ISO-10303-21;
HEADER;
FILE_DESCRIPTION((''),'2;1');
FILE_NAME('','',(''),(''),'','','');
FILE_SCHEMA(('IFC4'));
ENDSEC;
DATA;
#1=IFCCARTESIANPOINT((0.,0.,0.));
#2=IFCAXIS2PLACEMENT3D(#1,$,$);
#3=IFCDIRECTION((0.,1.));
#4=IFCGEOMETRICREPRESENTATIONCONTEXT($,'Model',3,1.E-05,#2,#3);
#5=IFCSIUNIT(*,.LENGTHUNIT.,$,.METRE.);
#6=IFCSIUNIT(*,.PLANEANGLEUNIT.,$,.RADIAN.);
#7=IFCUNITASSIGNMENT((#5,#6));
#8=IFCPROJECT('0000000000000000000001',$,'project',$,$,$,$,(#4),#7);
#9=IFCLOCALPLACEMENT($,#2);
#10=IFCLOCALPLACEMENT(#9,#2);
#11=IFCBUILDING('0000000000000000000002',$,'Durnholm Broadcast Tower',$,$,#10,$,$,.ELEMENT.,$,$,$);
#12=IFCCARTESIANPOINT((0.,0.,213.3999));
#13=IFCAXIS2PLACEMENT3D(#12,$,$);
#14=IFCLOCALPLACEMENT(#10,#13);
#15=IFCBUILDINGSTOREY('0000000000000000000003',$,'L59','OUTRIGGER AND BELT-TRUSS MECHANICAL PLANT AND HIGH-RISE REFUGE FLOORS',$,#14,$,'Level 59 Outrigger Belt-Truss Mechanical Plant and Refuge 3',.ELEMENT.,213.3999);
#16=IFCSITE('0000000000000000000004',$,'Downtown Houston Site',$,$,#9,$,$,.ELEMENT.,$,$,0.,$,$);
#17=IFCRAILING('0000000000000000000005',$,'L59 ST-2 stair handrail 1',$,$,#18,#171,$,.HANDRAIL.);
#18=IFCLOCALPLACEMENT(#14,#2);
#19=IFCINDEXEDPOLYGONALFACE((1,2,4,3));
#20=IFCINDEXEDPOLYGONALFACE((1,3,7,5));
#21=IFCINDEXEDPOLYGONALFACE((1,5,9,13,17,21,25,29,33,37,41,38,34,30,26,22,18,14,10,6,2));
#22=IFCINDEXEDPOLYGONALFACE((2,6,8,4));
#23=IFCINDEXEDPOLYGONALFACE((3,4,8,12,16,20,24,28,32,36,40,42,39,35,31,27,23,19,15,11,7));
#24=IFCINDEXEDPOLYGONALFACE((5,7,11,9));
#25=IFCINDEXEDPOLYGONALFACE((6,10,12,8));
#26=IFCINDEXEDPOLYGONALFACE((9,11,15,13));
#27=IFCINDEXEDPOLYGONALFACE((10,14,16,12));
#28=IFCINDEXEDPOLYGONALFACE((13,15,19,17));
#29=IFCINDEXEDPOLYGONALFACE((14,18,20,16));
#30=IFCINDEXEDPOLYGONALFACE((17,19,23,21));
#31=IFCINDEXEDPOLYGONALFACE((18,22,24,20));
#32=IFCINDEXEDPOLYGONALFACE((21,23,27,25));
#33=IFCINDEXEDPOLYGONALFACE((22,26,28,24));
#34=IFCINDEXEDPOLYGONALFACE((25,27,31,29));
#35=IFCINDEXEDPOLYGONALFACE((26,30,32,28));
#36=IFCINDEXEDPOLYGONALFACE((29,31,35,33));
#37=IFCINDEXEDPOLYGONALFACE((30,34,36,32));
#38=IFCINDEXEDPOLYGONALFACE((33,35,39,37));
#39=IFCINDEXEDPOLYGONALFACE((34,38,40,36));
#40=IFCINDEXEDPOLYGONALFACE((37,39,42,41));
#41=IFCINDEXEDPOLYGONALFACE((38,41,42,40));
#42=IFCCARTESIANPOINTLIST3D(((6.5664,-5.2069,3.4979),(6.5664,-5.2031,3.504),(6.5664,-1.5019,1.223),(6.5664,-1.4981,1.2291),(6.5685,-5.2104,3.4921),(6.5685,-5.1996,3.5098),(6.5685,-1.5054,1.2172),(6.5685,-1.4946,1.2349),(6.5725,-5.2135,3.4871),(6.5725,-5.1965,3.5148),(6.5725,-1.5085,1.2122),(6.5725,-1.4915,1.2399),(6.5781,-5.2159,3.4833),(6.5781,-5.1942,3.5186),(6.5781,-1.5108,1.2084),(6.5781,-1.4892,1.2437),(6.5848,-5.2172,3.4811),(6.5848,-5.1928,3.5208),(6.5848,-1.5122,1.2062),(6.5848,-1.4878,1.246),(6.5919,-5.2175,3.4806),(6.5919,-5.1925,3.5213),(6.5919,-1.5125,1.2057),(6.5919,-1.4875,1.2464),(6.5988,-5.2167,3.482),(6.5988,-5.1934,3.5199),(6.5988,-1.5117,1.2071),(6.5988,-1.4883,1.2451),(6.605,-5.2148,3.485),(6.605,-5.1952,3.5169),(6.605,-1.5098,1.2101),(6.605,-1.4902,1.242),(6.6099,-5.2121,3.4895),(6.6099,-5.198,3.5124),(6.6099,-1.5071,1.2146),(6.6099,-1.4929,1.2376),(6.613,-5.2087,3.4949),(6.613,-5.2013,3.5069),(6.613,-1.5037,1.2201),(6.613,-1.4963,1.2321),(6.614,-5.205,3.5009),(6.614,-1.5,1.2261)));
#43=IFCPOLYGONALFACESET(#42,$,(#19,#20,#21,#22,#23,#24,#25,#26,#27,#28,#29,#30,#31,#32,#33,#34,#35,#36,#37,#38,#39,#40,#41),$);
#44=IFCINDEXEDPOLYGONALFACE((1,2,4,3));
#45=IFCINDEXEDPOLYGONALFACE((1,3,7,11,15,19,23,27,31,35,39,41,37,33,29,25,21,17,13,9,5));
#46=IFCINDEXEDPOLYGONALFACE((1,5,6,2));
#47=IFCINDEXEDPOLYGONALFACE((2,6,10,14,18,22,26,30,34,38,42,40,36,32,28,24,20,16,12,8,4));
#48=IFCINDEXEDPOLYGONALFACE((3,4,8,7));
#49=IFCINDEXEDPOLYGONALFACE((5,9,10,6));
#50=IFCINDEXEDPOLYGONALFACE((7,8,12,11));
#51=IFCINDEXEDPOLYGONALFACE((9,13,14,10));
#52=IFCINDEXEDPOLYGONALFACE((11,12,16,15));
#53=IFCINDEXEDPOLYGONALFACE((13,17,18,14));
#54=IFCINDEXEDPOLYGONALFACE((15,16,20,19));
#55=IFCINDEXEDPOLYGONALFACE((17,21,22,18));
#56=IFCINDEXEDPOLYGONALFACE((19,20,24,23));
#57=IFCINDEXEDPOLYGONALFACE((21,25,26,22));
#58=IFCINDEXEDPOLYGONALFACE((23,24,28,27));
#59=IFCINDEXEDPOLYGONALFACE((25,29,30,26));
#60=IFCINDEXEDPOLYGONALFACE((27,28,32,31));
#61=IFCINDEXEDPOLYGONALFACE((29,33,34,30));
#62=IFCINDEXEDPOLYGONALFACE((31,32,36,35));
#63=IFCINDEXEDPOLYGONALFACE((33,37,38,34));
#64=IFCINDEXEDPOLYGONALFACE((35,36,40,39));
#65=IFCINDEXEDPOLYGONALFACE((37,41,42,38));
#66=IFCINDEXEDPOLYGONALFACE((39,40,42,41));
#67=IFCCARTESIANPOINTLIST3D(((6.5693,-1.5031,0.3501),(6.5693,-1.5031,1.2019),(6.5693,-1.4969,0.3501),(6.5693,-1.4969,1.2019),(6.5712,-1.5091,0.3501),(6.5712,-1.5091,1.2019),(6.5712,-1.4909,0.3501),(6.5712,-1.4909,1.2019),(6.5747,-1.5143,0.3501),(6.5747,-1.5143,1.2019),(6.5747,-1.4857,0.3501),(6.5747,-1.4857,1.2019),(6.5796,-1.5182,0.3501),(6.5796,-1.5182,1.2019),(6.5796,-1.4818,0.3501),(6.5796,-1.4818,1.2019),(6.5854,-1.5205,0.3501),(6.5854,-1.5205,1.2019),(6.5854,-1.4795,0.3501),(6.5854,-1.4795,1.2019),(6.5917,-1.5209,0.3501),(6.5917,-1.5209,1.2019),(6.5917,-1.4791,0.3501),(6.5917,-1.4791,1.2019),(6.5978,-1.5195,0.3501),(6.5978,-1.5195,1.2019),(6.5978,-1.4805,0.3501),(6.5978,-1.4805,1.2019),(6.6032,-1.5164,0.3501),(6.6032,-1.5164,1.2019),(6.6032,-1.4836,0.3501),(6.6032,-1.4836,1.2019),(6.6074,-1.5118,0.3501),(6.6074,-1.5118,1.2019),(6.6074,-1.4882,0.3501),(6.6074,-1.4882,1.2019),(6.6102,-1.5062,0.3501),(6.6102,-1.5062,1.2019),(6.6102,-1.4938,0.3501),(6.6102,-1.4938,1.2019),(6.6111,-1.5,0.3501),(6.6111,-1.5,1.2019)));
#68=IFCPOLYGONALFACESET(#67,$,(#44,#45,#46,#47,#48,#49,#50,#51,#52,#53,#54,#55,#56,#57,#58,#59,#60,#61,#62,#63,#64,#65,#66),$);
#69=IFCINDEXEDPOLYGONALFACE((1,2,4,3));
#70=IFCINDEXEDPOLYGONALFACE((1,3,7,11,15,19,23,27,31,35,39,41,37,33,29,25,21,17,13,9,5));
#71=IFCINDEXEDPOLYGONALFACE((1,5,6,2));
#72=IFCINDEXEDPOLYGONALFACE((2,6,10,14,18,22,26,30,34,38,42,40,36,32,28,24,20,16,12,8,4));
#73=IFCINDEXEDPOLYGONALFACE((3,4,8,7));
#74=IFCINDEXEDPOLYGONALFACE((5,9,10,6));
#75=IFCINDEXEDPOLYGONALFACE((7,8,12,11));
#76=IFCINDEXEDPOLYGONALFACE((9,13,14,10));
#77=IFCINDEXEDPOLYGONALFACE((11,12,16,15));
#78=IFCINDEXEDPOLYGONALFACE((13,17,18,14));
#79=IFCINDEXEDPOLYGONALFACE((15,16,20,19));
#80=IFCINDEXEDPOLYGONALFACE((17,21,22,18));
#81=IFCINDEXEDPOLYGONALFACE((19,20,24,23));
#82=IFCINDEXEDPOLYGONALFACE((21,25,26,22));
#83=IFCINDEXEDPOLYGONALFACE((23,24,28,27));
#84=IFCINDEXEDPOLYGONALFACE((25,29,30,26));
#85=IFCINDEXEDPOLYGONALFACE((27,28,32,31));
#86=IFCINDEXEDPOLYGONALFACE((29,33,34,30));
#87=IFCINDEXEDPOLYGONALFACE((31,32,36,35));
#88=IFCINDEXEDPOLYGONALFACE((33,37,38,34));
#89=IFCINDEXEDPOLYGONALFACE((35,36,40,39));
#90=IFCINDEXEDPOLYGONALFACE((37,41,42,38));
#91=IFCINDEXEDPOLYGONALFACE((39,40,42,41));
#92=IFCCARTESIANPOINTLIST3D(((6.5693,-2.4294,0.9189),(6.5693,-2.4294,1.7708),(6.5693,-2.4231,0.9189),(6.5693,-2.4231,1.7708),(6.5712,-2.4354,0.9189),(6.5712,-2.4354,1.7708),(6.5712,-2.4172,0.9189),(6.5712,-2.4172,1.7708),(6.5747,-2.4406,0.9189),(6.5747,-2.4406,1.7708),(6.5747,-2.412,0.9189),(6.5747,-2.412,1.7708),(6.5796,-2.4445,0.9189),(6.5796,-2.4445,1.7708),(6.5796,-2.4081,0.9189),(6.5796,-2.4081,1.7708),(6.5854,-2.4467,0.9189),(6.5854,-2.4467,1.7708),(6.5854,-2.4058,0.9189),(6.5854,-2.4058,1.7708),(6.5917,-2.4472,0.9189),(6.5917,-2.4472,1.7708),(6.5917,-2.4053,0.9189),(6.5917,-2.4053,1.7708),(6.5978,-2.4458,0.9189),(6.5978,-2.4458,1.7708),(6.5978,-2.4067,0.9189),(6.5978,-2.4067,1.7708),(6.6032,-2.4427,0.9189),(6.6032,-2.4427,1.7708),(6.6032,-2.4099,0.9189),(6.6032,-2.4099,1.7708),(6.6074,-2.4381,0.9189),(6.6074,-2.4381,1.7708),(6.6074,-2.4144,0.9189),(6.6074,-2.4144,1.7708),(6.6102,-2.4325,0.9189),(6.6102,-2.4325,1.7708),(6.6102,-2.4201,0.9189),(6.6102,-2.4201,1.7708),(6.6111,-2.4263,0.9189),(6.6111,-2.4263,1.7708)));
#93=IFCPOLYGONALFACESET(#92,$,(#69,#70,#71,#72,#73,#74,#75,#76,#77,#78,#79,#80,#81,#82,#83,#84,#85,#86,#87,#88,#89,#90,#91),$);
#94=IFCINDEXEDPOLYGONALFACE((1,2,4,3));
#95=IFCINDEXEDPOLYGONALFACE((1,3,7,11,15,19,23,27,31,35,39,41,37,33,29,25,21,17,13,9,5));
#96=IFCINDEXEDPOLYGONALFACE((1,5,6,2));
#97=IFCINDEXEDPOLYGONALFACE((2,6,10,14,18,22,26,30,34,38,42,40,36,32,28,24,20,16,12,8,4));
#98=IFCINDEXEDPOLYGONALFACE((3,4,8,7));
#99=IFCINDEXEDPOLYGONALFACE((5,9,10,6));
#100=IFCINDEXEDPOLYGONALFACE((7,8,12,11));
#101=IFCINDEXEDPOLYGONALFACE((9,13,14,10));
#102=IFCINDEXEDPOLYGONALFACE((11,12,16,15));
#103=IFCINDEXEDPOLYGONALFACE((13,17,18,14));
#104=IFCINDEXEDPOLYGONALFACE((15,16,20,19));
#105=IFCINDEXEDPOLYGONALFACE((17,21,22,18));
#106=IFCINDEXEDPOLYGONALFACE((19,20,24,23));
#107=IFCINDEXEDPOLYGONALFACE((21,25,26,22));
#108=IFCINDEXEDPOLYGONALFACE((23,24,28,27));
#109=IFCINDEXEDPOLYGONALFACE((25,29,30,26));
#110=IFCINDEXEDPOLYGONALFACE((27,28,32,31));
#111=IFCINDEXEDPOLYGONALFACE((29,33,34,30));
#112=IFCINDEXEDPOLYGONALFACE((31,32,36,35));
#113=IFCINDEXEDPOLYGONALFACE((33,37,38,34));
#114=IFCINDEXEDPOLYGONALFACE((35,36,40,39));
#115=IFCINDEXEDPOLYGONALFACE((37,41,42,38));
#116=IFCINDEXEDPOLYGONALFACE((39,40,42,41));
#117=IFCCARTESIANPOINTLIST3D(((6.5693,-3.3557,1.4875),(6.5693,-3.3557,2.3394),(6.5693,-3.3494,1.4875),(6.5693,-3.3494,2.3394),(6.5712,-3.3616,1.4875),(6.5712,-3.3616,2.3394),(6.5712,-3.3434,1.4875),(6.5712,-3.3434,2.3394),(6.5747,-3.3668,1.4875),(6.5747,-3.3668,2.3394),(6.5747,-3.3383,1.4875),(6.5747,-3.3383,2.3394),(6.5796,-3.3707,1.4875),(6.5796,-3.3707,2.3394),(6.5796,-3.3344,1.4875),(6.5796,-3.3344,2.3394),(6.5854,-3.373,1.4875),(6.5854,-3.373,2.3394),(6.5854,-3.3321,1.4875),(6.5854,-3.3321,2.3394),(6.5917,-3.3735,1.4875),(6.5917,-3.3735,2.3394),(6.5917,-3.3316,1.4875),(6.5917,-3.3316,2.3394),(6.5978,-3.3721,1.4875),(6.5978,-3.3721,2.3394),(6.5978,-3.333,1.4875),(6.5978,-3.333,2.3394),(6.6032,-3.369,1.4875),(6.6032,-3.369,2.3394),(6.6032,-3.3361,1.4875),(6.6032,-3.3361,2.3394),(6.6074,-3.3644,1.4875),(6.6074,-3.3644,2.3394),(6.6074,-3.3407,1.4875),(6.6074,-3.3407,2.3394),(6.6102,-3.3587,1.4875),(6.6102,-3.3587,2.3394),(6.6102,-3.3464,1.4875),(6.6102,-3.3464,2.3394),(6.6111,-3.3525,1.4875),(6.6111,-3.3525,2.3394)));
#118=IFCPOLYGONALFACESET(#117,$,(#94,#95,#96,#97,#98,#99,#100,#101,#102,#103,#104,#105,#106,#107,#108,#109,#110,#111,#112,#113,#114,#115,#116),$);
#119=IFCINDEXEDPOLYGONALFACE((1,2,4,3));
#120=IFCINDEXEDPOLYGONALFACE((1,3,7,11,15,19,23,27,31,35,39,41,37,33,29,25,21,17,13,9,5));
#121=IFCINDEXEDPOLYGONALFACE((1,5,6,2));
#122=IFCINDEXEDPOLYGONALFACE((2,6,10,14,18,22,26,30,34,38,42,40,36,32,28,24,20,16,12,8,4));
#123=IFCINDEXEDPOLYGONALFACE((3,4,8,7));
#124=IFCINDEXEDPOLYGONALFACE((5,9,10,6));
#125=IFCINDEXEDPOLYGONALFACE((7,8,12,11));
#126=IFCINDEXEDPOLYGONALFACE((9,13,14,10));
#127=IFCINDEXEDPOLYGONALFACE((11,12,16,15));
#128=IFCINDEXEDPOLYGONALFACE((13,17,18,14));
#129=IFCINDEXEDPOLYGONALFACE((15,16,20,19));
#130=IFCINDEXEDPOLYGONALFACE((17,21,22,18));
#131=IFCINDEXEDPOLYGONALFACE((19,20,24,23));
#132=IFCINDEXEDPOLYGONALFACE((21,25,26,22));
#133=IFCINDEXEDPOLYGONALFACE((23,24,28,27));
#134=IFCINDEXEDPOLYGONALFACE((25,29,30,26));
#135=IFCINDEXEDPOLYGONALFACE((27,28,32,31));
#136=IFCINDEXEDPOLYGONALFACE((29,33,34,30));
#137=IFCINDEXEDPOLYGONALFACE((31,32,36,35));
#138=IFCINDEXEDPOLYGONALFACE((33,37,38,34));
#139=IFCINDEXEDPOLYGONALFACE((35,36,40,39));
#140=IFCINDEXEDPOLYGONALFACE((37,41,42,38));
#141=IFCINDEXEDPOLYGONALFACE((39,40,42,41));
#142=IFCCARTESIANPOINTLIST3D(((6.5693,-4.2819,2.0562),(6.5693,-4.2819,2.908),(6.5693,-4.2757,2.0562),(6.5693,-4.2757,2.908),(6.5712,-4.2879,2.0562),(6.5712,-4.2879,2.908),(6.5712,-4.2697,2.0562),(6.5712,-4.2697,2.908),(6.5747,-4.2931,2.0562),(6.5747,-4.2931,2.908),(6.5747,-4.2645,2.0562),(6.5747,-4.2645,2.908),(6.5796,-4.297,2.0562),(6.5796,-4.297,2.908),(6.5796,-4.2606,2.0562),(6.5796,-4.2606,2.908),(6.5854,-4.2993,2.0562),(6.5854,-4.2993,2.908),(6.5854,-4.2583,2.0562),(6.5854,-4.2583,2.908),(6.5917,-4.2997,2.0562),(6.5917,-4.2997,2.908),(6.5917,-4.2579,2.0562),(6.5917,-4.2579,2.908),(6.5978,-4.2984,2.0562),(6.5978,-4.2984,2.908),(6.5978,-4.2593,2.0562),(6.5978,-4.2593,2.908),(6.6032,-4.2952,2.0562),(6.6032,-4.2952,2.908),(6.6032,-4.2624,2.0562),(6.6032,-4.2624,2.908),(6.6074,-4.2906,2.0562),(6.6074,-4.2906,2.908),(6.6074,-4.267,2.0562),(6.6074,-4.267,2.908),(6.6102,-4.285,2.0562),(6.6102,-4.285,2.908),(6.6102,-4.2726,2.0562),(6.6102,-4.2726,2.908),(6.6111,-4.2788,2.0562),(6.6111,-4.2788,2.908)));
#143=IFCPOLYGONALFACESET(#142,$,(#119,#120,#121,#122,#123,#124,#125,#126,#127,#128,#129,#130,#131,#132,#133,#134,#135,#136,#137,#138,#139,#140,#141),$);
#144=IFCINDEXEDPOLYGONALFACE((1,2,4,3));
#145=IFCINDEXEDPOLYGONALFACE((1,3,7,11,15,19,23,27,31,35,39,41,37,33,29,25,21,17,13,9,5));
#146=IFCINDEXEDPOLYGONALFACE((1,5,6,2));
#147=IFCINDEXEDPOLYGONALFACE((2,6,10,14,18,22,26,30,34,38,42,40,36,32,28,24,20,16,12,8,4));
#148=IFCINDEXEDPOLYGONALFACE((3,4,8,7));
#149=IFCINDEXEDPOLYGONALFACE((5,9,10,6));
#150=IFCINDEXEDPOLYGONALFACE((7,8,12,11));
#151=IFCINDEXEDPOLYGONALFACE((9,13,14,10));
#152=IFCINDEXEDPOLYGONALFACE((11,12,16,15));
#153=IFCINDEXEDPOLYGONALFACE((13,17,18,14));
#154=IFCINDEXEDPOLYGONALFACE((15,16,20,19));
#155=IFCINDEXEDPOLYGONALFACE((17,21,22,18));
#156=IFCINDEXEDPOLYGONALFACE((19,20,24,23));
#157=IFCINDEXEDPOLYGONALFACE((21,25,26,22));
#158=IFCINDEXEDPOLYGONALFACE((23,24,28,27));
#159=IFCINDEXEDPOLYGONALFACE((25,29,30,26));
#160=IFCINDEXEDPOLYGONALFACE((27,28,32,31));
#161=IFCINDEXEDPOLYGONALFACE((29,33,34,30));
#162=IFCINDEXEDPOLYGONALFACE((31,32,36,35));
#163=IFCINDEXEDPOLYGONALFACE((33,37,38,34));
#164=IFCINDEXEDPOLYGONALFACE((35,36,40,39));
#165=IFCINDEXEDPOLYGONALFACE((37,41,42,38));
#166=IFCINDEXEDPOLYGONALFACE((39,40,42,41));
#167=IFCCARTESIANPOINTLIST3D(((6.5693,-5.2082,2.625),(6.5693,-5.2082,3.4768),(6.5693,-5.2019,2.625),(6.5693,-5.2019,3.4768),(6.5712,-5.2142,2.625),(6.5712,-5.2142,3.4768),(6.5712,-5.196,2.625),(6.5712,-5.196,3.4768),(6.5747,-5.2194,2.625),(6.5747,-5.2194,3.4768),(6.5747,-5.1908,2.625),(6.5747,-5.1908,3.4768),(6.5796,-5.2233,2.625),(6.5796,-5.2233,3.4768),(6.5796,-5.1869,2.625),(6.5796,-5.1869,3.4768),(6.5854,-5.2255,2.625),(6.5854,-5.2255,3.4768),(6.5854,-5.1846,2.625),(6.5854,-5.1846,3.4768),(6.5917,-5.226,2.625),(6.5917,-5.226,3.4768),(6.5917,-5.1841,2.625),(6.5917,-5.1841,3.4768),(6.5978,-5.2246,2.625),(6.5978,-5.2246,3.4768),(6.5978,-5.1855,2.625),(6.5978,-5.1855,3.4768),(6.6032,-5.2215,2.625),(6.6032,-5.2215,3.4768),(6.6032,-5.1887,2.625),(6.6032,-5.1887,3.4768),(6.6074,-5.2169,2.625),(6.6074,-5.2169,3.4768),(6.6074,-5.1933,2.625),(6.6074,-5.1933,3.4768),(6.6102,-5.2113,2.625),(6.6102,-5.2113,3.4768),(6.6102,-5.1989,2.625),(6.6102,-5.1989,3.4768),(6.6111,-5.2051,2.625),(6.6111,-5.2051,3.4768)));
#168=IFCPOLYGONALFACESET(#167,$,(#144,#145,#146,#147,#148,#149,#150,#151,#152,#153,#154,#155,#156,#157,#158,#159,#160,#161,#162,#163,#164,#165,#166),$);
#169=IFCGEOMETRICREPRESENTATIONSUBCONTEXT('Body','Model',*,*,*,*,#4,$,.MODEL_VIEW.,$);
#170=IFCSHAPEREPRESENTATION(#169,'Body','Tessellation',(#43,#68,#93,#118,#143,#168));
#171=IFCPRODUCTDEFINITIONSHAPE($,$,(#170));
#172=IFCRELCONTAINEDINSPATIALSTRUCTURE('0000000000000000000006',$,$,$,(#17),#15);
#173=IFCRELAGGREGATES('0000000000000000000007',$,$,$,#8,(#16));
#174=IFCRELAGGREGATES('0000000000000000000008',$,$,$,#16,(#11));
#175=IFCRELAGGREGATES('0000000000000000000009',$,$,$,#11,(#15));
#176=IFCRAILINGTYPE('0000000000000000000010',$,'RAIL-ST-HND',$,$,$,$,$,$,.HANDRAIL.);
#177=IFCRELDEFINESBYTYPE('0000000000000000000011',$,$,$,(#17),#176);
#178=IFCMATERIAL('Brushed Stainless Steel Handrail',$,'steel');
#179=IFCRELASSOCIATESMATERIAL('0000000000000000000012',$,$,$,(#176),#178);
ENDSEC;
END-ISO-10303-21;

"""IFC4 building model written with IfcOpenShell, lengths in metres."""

from ifc_helpers import new_model, si_unit, direction, frame, origin, origin_2d, place, context, subcontext, project, spatial, circle, extrude, material, type_object, element, save


model = new_model("IFC4")

# Units and contexts
model_context = context("Model", 3, precision=1e-05, world=origin(), true_north=direction((0.0, 1.0)))
body_context = subcontext(model_context, "Body", "Model", "MODEL_VIEW")
ifc_project = project(units=[si_unit("LENGTHUNIT", "METRE"), si_unit("PLANEANGLEUNIT", "RADIAN")], contexts=[model_context])

# Site, building, storey
site_placement = place(None, origin())
site = spatial("IfcSite", under=ifc_project, at=site_placement, Name="Downtown Houston Site", CompositionType="ELEMENT", RefElevation=0.0)
building_placement = place(site_placement, origin())
building = spatial("IfcBuilding", under=site, at=building_placement, Name="Durnholm Broadcast Tower", CompositionType="ELEMENT")
storey_placement = place(building_placement, frame((0.0, 0.0, 213.3999)))
storey = spatial("IfcBuildingStorey", under=building, at=storey_placement, Name="L59", Description="OUTRIGGER AND BELT-TRUSS MECHANICAL PLANT AND HIGH-RISE REFUGE FLOORS", LongName="Level 59 Outrigger Belt-Truss Mechanical Plant and Refuge 3", CompositionType="ELEMENT", Elevation=213.3999)

# Railing
ifc_material_1 = material(Name="Brushed Stainless Steel Handrail", Category="steel")
railing_type_1 = type_object("IfcRailingType", Name="RAIL-ST-HND", PredefinedType="HANDRAIL", material=ifc_material_1)
railing_1_placement = place(storey_placement, frame((6.5901, -1.5, 0.3501)))
element("IfcRailing", 1, at=railing_1_placement, inside=storey, type_object=railing_type_1, Name="L59 ST-2 stair handrail 1", PredefinedType="HANDRAIL", context=body_context, shape_type="SweptSolid", body=[
    extrude(circle(Radius=0.0239, at=origin_2d()), frame((0.0, 0.0, 0.876), z_axis=(0.0, -0.852186, 0.523239), x_axis=(1.0, 0.0, 0.0)), (0.0, 0.0, 1.0), 4.3477),
    extrude(circle(Radius=0.021, at=origin_2d()), origin(), (0.0, 0.0, 1.0), 0.8518),
    extrude(circle(Radius=0.021, at=origin_2d()), frame((0.0, -0.9263, 0.5688)), (0.0, 0.0, 1.0), 0.8518),
    extrude(circle(Radius=0.021, at=origin_2d()), frame((0.0, -1.8525, 1.1375)), (0.0, 0.0, 1.0), 0.8518),
    extrude(circle(Radius=0.021, at=origin_2d()), frame((0.0, -2.7788, 1.7061)), (0.0, 0.0, 1.0), 0.8518),
    extrude(circle(Radius=0.021, at=origin_2d()), frame((0.0, -3.7051, 2.2749)), (0.0, 0.0, 1.0), 0.8518),
])

save(model, "model.ifc")
